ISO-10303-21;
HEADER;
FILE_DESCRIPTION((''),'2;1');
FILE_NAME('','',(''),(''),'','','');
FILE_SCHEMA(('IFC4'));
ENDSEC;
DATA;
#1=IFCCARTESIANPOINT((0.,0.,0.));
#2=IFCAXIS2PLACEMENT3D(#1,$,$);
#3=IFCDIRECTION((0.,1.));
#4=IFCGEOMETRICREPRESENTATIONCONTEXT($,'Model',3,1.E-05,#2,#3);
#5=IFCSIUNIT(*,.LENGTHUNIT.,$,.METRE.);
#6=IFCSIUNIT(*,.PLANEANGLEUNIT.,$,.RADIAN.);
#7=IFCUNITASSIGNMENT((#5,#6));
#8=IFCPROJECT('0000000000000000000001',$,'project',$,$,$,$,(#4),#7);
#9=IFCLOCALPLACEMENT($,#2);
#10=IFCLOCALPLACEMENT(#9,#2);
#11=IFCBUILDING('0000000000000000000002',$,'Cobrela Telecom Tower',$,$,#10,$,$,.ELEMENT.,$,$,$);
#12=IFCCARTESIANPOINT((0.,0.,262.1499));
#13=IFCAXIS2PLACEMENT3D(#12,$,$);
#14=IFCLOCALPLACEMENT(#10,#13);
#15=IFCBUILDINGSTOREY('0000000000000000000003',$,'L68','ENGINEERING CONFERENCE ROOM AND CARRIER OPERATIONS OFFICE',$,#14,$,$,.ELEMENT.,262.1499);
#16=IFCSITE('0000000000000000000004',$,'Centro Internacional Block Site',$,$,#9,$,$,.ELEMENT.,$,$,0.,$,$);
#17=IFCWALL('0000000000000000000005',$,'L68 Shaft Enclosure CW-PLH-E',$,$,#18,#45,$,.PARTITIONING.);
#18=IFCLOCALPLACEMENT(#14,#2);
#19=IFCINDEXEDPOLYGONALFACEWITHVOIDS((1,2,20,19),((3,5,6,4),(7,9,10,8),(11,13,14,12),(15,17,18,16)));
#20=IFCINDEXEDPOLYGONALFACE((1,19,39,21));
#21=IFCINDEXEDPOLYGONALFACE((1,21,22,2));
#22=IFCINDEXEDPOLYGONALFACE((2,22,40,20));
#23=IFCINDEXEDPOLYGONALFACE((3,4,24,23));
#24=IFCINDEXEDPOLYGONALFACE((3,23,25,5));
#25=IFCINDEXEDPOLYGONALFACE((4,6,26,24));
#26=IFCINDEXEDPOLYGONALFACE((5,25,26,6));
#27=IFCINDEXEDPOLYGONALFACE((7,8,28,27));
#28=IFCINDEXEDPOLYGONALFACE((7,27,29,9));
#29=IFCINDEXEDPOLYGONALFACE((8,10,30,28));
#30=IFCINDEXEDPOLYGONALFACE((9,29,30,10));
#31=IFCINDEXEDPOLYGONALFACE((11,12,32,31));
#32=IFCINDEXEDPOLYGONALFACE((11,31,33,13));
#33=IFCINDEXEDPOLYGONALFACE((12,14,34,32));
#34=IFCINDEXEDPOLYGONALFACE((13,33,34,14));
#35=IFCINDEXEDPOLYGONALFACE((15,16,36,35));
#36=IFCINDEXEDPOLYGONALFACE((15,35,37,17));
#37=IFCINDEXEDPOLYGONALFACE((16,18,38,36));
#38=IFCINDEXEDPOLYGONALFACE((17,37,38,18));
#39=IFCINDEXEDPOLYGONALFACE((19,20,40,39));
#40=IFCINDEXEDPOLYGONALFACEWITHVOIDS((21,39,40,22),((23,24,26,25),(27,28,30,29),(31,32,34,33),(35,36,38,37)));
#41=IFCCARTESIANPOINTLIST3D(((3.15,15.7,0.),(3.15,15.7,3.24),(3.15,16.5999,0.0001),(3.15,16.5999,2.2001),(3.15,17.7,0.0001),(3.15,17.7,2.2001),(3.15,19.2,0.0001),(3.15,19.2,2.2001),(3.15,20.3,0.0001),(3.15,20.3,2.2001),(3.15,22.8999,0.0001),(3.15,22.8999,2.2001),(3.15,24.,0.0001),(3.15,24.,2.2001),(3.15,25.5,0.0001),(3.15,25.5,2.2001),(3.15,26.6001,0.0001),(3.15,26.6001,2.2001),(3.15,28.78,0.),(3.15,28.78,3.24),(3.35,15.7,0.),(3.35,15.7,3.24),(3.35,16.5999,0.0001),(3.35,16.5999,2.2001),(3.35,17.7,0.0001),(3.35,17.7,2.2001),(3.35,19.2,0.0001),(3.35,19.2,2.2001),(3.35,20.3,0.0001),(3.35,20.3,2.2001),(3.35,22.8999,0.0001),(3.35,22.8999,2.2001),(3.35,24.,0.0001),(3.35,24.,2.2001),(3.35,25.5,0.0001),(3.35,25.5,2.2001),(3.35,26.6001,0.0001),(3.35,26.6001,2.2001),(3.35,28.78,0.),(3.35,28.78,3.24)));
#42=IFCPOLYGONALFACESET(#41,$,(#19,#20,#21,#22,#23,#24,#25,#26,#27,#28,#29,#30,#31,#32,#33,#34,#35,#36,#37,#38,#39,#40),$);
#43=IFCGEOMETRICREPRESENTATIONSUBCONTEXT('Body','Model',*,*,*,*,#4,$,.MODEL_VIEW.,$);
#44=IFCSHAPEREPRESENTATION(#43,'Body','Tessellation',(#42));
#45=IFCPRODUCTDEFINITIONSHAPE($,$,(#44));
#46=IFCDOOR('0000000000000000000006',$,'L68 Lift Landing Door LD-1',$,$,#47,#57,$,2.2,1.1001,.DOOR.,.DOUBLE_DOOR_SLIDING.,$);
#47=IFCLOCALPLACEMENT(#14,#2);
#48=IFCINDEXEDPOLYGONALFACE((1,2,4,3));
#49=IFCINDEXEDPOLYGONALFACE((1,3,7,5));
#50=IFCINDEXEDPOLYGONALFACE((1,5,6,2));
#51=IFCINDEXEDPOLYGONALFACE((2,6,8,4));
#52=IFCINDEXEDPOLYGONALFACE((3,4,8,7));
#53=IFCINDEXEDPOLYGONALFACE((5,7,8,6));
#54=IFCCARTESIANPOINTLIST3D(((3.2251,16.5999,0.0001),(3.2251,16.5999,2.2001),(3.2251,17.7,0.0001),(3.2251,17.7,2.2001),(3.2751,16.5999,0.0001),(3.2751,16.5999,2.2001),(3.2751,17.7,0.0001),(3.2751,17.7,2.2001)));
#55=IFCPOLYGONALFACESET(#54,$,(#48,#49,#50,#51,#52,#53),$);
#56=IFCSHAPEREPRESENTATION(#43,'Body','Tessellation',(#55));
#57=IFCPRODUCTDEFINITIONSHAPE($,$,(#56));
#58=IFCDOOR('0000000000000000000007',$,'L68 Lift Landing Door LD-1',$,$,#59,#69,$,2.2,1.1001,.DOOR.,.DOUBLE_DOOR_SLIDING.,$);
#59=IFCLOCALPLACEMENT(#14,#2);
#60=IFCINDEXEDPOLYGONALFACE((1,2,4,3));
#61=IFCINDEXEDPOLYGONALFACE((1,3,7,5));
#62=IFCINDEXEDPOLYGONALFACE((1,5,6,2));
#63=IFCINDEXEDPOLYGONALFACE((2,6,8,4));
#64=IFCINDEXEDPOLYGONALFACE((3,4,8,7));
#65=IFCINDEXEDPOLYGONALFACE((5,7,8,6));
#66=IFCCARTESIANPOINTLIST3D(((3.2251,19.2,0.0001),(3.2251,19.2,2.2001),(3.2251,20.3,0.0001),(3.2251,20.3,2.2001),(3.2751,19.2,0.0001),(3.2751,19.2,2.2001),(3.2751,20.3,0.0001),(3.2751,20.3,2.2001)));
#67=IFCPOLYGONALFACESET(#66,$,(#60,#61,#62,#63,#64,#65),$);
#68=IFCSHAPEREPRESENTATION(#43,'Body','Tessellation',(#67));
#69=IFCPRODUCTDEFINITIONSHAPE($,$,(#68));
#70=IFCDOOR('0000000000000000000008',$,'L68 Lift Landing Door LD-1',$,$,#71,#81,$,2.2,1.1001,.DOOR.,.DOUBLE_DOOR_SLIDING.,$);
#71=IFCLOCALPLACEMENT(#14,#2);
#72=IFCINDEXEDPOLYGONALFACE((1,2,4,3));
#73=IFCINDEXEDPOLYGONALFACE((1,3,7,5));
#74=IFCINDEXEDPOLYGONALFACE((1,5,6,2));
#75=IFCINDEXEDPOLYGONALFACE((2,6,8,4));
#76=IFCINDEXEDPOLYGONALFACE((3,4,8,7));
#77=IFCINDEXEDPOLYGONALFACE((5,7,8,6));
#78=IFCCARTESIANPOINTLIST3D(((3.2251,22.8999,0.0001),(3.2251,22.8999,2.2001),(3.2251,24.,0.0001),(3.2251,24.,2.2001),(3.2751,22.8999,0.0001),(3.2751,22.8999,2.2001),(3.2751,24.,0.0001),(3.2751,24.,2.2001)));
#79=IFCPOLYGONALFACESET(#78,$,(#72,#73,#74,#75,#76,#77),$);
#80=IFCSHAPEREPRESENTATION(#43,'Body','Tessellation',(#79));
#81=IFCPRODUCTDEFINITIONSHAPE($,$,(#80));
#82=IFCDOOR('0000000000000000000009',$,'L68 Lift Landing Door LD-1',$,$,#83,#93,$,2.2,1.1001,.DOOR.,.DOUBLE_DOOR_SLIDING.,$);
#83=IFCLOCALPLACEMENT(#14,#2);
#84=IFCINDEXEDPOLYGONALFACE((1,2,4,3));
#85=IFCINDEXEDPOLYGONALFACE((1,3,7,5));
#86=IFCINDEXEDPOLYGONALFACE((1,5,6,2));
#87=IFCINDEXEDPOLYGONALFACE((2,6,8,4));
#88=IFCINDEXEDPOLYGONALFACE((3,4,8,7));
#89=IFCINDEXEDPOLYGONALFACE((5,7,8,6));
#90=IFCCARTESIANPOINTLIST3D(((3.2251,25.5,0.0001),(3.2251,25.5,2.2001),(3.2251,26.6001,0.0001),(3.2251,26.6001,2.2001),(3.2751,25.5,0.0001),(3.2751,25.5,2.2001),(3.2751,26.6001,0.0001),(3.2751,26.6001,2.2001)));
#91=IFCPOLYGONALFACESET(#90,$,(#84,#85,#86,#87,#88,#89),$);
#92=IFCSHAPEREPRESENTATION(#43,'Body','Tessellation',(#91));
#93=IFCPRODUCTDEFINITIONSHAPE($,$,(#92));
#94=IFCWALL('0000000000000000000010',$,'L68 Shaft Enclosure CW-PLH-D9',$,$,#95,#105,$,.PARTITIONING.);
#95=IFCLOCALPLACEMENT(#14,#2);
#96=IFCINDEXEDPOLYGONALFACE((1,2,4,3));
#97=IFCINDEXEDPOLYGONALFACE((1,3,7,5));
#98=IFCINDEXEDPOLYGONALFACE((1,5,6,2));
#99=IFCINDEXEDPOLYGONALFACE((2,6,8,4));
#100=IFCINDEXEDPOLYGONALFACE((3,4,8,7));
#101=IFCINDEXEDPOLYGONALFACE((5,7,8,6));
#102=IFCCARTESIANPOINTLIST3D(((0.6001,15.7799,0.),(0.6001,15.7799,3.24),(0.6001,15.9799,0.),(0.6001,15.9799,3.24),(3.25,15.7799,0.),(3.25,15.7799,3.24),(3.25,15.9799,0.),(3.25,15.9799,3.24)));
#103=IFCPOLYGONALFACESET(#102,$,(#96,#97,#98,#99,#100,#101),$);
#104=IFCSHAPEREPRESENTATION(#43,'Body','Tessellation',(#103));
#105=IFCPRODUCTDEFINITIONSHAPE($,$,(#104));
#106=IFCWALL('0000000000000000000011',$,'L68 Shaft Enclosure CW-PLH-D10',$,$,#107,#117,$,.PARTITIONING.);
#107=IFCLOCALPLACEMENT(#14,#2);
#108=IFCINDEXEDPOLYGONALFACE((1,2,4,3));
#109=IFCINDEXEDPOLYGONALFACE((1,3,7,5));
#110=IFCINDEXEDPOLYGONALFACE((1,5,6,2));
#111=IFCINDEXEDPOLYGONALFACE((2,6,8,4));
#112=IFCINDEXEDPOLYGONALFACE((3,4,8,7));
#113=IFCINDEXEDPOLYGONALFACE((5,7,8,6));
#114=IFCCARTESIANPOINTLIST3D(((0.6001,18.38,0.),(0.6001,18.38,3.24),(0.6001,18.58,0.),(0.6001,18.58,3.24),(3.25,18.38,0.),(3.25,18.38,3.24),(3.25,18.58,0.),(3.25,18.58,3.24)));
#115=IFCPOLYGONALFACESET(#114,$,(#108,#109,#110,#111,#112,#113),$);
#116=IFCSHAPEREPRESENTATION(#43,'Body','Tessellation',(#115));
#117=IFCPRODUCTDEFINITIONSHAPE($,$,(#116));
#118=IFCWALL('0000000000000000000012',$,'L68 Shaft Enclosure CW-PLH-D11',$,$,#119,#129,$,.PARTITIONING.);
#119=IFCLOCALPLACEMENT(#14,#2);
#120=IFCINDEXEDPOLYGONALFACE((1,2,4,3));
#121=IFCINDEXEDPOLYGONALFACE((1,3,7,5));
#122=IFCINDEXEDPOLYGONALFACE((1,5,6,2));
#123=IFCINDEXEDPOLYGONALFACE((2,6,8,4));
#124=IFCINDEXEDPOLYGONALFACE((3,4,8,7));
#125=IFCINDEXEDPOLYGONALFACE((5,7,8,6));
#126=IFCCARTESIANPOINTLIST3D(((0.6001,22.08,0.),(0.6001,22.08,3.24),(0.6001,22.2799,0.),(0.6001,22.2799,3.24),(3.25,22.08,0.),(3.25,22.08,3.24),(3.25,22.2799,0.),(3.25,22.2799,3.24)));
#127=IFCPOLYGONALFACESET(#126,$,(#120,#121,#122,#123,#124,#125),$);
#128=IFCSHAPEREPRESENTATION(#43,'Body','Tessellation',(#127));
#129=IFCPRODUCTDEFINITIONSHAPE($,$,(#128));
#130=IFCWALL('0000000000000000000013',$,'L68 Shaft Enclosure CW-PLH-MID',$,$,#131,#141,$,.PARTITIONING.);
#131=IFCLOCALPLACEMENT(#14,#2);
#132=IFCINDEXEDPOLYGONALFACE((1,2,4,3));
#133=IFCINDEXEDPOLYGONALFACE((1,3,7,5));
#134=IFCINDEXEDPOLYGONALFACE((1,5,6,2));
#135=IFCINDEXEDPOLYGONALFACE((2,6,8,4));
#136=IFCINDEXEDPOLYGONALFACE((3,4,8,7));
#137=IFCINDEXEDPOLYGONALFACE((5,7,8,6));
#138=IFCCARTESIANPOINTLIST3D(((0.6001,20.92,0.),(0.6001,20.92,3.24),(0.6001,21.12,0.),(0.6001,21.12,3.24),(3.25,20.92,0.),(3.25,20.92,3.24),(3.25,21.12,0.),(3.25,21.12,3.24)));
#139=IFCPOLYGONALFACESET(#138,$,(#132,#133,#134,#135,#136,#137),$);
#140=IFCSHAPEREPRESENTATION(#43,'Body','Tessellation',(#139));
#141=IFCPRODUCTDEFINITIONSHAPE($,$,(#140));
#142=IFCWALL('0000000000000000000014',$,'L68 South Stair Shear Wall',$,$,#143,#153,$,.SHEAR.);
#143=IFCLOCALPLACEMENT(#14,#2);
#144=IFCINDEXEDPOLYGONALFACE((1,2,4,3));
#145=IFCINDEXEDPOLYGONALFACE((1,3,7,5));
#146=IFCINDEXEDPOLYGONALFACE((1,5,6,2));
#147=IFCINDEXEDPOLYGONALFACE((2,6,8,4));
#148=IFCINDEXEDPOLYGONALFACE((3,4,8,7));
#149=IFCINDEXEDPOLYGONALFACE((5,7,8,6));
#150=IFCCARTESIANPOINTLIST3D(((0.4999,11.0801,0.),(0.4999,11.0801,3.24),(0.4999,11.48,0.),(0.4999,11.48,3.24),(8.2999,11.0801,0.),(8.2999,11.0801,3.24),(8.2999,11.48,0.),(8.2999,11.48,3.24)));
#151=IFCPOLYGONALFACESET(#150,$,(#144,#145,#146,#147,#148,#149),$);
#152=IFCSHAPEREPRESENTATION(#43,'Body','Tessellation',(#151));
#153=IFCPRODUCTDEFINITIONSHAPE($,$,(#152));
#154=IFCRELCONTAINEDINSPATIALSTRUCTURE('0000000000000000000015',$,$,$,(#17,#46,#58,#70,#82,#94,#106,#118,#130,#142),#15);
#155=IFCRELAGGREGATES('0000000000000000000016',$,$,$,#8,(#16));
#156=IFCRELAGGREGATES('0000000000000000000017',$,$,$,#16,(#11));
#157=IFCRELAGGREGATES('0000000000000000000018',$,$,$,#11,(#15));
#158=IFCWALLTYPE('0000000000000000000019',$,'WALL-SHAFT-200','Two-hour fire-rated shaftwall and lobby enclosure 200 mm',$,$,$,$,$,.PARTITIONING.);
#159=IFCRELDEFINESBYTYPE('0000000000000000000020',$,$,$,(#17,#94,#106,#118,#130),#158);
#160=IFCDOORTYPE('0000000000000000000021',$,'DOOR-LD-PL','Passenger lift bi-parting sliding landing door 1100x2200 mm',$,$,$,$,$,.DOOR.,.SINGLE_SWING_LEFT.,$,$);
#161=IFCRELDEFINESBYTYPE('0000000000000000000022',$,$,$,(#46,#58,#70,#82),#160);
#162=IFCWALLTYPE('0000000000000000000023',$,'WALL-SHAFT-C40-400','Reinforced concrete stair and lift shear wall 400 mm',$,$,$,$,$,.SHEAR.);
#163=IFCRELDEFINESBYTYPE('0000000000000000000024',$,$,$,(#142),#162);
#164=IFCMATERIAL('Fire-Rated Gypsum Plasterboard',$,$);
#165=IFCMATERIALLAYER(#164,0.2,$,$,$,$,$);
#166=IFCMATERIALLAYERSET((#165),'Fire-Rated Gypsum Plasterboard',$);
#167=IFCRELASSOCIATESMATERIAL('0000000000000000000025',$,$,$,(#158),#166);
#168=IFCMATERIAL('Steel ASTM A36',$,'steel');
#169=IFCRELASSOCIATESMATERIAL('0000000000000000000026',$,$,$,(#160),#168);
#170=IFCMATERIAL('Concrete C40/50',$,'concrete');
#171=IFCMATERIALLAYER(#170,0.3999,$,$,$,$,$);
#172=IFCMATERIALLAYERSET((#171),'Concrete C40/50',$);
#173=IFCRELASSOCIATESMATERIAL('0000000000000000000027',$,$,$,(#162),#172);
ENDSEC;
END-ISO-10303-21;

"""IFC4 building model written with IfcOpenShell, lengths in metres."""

from ifc_helpers import new_model, si_unit, direction, frame, frame_2d, origin, place, context, subcontext, project, spatial, rectangle, extrude, material, layer, layer_set, type_object, element, fill, save


model = new_model("IFC4")

# Units and contexts
model_context = context("Model", 3, precision=1e-05, world=origin(), true_north=direction((0.0, 1.0)))
body_context = subcontext(model_context, "Body", "Model", "MODEL_VIEW")
ifc_project = project(units=[si_unit("LENGTHUNIT", "METRE"), si_unit("PLANEANGLEUNIT", "RADIAN")], contexts=[model_context])

# Site, building, storey
site_placement = place(None, origin())
site = spatial("IfcSite", under=ifc_project, at=site_placement, Name="Centro Internacional Block Site", CompositionType="ELEMENT", RefElevation=0.0)
building_placement = place(site_placement, origin())
building = spatial("IfcBuilding", under=site, at=building_placement, Name="Cobrela Telecom Tower", CompositionType="ELEMENT")
storey_placement = place(building_placement, frame((0.0, 0.0, 262.1499)))
storey = spatial("IfcBuildingStorey", under=building, at=storey_placement, Name="L68", Description="ENGINEERING CONFERENCE ROOM AND CARRIER OPERATIONS OFFICE", CompositionType="ELEMENT", Elevation=262.1499)

# Shared definitions
ifc_material_1 = material(Name="Fire-Rated Gypsum Plasterboard")

# Wall, openings, doors
ifc_layer_1 = layer(ifc_material_1, 0.2)
ifc_layer_set_1 = layer_set([ifc_layer_1], Name="Fire-Rated Gypsum Plasterboard")
wall_type_1 = type_object("IfcWallType", Name="WALL-SHAFT-200", Description="Two-hour fire-rated shaftwall and lobby enclosure 200 mm", PredefinedType="PARTITIONING", material=ifc_layer_set_1)
wall_1_placement = place(storey_placement, frame((3.25, 15.7, 0.0), z_axis=(0.0, 0.0, 1.0), x_axis=(0.0, 1.0, 0.0)))
wall_1 = element("IfcWall", 1, at=wall_1_placement, inside=storey, type_object=wall_type_1, Name="L68 Shaft Enclosure CW-PLH-E", PredefinedType="PARTITIONING", context=body_context, shape_type="SweptSolid", body=[
    extrude(rectangle(XDim=13.0801, YDim=0.2, at=frame_2d((6.54, 0.0))), origin(), (0.0, 0.0, 1.0), 3.24),
])
opening_1_placement = place(wall_1_placement, frame((0.8999, 0.0, 0.0)))
opening_1 = element("IfcOpeningElement", 2, at=opening_1_placement, cuts=wall_1, PredefinedType="OPENING", context=body_context, shape_type="SweptSolid", body=[
    extrude(rectangle(XDim=1.1001, YDim=2.2, at=frame_2d((0.55, 1.1001))), frame((0.0, 0.1118, 0.0), z_axis=(0.0, -1.0, 0.0), x_axis=(1.0, 0.0, 0.0)), (0.0, 0.0, 1.0), 0.2239),
])
opening_2_placement = place(wall_1_placement, frame((3.5, 0.0, 0.0)))
opening_2 = element("IfcOpeningElement", 3, at=opening_2_placement, cuts=wall_1, PredefinedType="OPENING", context=body_context, shape_type="SweptSolid", body=[
    extrude(rectangle(XDim=1.1001, YDim=2.2, at=frame_2d((0.55, 1.1001))), frame((0.0, 0.1118, 0.0), z_axis=(0.0, -1.0, 0.0), x_axis=(1.0, 0.0, 0.0)), (0.0, 0.0, 1.0), 0.2239),
])
opening_3_placement = place(wall_1_placement, frame((7.2, 0.0, 0.0)))
opening_3 = element("IfcOpeningElement", 4, at=opening_3_placement, cuts=wall_1, PredefinedType="OPENING", context=body_context, shape_type="SweptSolid", body=[
    extrude(rectangle(XDim=1.1001, YDim=2.2, at=frame_2d((0.55, 1.1001))), frame((0.0, 0.1118, 0.0), z_axis=(0.0, -1.0, 0.0), x_axis=(1.0, 0.0, 0.0)), (0.0, 0.0, 1.0), 0.2239),
])
opening_4_placement = place(wall_1_placement, frame((9.8, 0.0, 0.0)))
opening_4 = element("IfcOpeningElement", 5, at=opening_4_placement, cuts=wall_1, PredefinedType="OPENING", context=body_context, shape_type="SweptSolid", body=[
    extrude(rectangle(XDim=1.1001, YDim=2.2, at=frame_2d((0.55, 1.1001))), frame((0.0, 0.1118, 0.0), z_axis=(0.0, -1.0, 0.0), x_axis=(1.0, 0.0, 0.0)), (0.0, 0.0, 1.0), 0.2239),
])
ifc_material_2 = material(Name="Steel ASTM A36", Category="steel")
door_type_1 = type_object("IfcDoorType", Name="DOOR-LD-PL", Description="Passenger lift bi-parting sliding landing door 1100x2200 mm", OperationType="SINGLE_SWING_LEFT", PredefinedType="DOOR", material=ifc_material_2)
door_1_placement = place(opening_1_placement, origin())
door_1 = element("IfcDoor", 6, at=door_1_placement, inside=storey, type_object=door_type_1, Name="L68 Lift Landing Door LD-1", OperationType="DOUBLE_DOOR_SLIDING", OverallHeight=2.2, OverallWidth=1.1001, PredefinedType="DOOR", context=body_context, shape_type="SweptSolid", body=[
    extrude(rectangle(XDim=1.1001, YDim=2.2, at=frame_2d((0.55, 1.1001))), frame((0.0, 0.0249, 0.0), z_axis=(0.0, -1.0, 0.0), x_axis=(1.0, 0.0, 0.0)), (0.0, 0.0, 1.0), 0.05),
])
fill(opening_1, door_1)
door_2_placement = place(opening_2_placement, origin())
door_2 = element("IfcDoor", 7, at=door_2_placement, inside=storey, type_object=door_type_1, Name="L68 Lift Landing Door LD-1", OperationType="DOUBLE_DOOR_SLIDING", OverallHeight=2.2, OverallWidth=1.1001, PredefinedType="DOOR", context=body_context, shape_type="SweptSolid", body=[
    extrude(rectangle(XDim=1.1001, YDim=2.2, at=frame_2d((0.55, 1.1001))), frame((0.0, 0.0249, 0.0), z_axis=(0.0, -1.0, 0.0), x_axis=(1.0, 0.0, 0.0)), (0.0, 0.0, 1.0), 0.05),
])
fill(opening_2, door_2)
door_3_placement = place(opening_3_placement, origin())
door_3 = element("IfcDoor", 8, at=door_3_placement, inside=storey, type_object=door_type_1, Name="L68 Lift Landing Door LD-1", OperationType="DOUBLE_DOOR_SLIDING", OverallHeight=2.2, OverallWidth=1.1001, PredefinedType="DOOR", context=body_context, shape_type="SweptSolid", body=[
    extrude(rectangle(XDim=1.1001, YDim=2.2, at=frame_2d((0.55, 1.1001))), frame((0.0, 0.0249, 0.0), z_axis=(0.0, -1.0, 0.0), x_axis=(1.0, 0.0, 0.0)), (0.0, 0.0, 1.0), 0.05),
])
fill(opening_3, door_3)
door_4_placement = place(opening_4_placement, origin())
door_4 = element("IfcDoor", 9, at=door_4_placement, inside=storey, type_object=door_type_1, Name="L68 Lift Landing Door LD-1", OperationType="DOUBLE_DOOR_SLIDING", OverallHeight=2.2, OverallWidth=1.1001, PredefinedType="DOOR", context=body_context, shape_type="SweptSolid", body=[
    extrude(rectangle(XDim=1.1001, YDim=2.2, at=frame_2d((0.55, 1.1001))), frame((0.0, 0.0249, 0.0), z_axis=(0.0, -1.0, 0.0), x_axis=(1.0, 0.0, 0.0)), (0.0, 0.0, 1.0), 0.05),
])
fill(opening_4, door_4)

# Walls
for number, where, z_axis, x_axis, name in (
    (10, (0.6001, 15.8799, 0.0), (0.0, 0.0, 1.0), (1.0, 0.0, 0.0), "L68 Shaft Enclosure CW-PLH-D9"),
    (11, (0.6001, 18.48, 0.0), (0.0, 0.0, 1.0), (1.0, 0.0, 0.0), "L68 Shaft Enclosure CW-PLH-D10"),
    (12, (0.6001, 22.1799, 0.0), (0.0, 0.0, 1.0), (1.0, 0.0, 0.0), "L68 Shaft Enclosure CW-PLH-D11"),
    (13, (0.6001, 21.02, 0.0), (0.0, 0.0, 1.0), (1.0, 0.0, 0.0), "L68 Shaft Enclosure CW-PLH-MID"),
):
    element("IfcWall", number, at=place(storey_placement, frame(where, z_axis=z_axis, x_axis=x_axis)), inside=storey, type_object=wall_type_1, Name=name, PredefinedType="PARTITIONING", context=body_context, shape_type="SweptSolid", body=[
        extrude(rectangle(XDim=2.6499, YDim=0.2, at=frame_2d((1.325, 0.0))), origin(), (0.0, 0.0, 1.0), 3.24),
    ])
ifc_material_3 = material(Name="Concrete C40/50", Category="concrete")
ifc_layer_2 = layer(ifc_material_3, 0.3999)
ifc_layer_set_2 = layer_set([ifc_layer_2], Name="Concrete C40/50")
wall_type_2 = type_object("IfcWallType", Name="WALL-SHAFT-C40-400", Description="Reinforced concrete stair and lift shear wall 400 mm", PredefinedType="SHEAR", material=ifc_layer_set_2)
wall_2_placement = place(storey_placement, frame((0.5, 11.28, 0.0), z_axis=(0.0, 0.0, 1.0), x_axis=(1.0, 0.0, 0.0)))
element("IfcWall", 14, at=wall_2_placement, inside=storey, type_object=wall_type_2, Name="L68 South Stair Shear Wall", PredefinedType="SHEAR", context=body_context, shape_type="SweptSolid", body=[
    extrude(rectangle(XDim=7.8, YDim=0.3999, at=frame_2d((3.8999, 0.0))), origin(), (0.0, 0.0, 1.0), 3.24),
])

save(model, "model.ifc")
